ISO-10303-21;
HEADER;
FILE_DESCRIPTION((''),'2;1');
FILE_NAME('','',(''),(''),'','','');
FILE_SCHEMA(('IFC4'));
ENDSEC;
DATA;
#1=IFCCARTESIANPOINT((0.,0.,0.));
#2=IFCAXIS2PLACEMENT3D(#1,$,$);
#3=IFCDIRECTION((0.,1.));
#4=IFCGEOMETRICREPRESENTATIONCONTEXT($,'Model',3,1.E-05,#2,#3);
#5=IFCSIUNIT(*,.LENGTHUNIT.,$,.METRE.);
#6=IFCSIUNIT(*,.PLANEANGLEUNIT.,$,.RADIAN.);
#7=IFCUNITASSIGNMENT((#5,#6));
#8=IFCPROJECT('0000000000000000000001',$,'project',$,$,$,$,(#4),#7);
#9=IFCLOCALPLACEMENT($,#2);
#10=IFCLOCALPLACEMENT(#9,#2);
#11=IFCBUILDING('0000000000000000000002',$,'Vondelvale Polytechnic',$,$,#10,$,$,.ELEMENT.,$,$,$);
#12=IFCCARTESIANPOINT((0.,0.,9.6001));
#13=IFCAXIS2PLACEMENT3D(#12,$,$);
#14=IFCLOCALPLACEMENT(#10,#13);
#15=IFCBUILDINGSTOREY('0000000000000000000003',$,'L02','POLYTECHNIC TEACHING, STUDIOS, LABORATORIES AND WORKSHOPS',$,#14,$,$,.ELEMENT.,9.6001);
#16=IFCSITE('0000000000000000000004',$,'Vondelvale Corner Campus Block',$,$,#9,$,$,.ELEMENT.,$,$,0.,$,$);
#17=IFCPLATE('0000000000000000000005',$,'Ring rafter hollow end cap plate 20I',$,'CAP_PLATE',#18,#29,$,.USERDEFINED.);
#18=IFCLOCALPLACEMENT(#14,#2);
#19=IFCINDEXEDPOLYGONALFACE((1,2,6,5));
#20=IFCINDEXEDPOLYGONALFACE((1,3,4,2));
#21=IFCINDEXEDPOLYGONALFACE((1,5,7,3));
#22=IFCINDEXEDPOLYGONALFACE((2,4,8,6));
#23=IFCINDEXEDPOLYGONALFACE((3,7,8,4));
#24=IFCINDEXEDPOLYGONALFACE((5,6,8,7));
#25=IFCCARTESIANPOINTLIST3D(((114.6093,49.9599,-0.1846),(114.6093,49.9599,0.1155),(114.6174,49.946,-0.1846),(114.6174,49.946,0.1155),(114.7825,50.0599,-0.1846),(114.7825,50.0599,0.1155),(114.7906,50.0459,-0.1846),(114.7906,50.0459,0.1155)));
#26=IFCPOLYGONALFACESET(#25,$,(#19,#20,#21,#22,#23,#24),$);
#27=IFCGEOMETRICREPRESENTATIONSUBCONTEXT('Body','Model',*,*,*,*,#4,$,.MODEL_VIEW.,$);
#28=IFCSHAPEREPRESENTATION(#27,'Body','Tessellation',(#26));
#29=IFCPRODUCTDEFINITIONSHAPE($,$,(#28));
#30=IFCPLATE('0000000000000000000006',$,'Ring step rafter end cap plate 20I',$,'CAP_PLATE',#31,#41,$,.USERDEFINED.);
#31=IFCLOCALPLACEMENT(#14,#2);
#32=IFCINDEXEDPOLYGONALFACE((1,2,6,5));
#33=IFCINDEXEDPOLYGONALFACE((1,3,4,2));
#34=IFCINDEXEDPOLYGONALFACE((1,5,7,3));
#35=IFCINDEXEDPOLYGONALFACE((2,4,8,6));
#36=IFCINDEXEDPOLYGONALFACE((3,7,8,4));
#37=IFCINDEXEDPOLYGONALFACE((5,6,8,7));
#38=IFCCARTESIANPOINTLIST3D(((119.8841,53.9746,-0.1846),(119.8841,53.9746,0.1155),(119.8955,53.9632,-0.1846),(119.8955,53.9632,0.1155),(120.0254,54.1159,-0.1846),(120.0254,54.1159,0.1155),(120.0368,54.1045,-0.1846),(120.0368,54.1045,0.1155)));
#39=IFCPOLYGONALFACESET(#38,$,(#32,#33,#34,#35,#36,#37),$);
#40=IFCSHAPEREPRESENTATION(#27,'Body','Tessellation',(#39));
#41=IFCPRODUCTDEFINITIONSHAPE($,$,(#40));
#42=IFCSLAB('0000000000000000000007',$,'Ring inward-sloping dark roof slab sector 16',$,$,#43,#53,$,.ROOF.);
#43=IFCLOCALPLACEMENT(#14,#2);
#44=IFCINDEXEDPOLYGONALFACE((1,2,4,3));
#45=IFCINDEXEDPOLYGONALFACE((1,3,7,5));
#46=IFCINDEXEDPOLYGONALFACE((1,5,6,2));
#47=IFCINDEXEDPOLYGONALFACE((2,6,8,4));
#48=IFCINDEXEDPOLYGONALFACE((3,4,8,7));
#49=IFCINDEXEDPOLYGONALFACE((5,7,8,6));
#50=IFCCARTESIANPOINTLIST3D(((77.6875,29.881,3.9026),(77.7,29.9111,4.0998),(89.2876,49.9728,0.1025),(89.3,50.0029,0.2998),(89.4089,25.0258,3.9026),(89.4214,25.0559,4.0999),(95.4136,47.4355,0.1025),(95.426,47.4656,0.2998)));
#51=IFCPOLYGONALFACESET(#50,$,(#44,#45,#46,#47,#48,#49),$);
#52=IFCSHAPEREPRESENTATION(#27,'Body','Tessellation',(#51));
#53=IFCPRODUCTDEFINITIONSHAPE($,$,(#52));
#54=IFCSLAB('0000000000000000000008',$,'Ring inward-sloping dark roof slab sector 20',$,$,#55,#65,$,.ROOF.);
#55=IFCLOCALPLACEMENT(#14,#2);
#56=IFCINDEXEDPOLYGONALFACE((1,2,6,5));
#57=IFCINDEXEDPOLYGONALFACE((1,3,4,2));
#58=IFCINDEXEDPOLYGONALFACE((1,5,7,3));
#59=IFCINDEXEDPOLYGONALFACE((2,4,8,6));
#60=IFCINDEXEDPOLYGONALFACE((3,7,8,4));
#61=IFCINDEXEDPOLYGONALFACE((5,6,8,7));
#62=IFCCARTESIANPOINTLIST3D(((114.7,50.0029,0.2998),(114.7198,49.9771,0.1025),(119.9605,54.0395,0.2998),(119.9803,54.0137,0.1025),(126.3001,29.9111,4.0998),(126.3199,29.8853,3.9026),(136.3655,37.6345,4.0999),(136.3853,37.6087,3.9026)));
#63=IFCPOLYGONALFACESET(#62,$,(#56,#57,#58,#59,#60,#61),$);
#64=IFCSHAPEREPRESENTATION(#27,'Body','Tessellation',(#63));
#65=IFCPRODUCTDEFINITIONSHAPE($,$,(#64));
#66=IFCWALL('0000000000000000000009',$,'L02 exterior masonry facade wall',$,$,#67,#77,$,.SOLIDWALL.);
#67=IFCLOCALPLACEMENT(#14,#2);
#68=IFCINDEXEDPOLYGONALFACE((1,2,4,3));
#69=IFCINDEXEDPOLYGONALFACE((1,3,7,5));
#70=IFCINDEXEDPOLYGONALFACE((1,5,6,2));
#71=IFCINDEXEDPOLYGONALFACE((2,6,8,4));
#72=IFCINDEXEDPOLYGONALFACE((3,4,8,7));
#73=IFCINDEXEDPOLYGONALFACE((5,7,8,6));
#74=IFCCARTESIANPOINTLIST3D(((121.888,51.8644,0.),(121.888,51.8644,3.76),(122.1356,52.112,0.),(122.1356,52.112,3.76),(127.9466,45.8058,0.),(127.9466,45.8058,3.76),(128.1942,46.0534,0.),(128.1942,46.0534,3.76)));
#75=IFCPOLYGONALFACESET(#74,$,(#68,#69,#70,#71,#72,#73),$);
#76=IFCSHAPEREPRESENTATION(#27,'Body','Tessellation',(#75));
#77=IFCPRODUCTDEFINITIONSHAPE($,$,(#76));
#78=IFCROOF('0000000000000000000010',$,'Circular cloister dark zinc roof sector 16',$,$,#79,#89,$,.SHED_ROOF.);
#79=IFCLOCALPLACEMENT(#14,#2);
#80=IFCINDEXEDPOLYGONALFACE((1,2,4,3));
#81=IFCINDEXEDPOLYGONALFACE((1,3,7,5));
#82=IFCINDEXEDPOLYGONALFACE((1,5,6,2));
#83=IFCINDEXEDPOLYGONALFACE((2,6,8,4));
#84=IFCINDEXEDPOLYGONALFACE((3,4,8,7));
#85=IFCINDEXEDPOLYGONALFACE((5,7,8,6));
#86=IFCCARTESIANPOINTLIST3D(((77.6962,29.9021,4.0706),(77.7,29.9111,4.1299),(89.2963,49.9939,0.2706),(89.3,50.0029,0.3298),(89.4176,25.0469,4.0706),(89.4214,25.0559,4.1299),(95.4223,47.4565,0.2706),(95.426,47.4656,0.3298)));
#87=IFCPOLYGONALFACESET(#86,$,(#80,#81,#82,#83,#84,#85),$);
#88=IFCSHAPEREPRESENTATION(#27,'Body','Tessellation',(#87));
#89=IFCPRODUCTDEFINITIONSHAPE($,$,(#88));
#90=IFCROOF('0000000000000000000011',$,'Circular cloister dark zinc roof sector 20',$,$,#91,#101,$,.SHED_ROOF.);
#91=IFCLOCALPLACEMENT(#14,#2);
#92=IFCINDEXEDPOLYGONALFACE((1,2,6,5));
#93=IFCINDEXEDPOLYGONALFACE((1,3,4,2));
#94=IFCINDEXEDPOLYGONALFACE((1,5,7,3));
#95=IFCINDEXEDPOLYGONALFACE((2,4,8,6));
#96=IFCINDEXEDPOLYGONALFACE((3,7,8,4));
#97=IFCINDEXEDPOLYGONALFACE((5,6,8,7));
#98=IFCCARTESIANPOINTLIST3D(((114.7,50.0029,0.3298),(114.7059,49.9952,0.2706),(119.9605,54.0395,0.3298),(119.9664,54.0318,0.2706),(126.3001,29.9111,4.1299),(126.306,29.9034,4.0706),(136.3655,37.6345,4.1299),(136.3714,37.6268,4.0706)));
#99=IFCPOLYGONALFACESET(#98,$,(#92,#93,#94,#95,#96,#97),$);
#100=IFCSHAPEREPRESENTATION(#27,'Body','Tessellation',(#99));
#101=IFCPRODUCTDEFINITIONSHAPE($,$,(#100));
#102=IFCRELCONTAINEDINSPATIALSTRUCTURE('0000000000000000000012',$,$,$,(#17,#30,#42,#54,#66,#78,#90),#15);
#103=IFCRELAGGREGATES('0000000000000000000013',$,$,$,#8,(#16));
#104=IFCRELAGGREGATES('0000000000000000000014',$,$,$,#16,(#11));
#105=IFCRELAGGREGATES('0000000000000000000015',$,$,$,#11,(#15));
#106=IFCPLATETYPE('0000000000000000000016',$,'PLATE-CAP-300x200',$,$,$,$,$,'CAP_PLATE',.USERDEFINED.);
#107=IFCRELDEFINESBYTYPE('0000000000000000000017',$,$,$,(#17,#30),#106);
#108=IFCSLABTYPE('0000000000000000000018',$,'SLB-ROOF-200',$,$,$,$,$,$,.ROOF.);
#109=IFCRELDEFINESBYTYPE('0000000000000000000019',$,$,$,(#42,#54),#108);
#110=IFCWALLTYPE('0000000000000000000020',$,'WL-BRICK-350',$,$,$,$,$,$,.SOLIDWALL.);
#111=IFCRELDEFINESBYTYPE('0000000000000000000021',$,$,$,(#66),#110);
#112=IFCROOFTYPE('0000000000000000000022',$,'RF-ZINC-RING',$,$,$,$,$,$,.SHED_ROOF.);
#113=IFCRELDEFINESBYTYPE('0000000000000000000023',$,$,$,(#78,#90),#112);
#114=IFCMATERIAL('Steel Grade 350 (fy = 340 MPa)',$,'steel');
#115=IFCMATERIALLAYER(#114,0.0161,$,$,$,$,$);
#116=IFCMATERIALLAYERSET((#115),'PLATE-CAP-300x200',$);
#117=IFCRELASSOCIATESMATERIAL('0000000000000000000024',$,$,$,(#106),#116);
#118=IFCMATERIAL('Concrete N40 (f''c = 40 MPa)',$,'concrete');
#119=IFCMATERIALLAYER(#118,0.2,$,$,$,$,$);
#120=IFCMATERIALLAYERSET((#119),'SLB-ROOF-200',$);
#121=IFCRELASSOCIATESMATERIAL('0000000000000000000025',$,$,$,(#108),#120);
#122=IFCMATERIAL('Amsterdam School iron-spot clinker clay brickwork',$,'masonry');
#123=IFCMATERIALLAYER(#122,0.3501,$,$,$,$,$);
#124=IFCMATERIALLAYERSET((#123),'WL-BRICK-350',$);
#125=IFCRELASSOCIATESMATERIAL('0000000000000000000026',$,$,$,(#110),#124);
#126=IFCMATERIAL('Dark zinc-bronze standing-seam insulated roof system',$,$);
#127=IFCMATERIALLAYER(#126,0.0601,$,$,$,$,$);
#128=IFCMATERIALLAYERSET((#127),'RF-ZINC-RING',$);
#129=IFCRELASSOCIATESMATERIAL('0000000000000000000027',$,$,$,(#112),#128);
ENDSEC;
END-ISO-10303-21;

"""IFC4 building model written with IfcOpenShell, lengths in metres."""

from ifc_helpers import new_model, si_unit, direction, frame, frame_2d, origin, origin_2d, place, context, subcontext, project, spatial, polyline, rectangle, outline, extrude, material, layer, layer_set, type_object, element, save


model = new_model("IFC4")

# Units and contexts
model_context = context("Model", 3, precision=1e-05, world=origin(), true_north=direction((0.0, 1.0)))
body_context = subcontext(model_context, "Body", "Model", "MODEL_VIEW")
ifc_project = project(units=[si_unit("LENGTHUNIT", "METRE"), si_unit("PLANEANGLEUNIT", "RADIAN")], contexts=[model_context])

# Site, building, storey
site_placement = place(None, origin())
site = spatial("IfcSite", under=ifc_project, at=site_placement, Name="Vondelvale Corner Campus Block", CompositionType="ELEMENT", RefElevation=0.0)
building_placement = place(site_placement, origin())
building = spatial("IfcBuilding", under=site, at=building_placement, Name="Vondelvale Polytechnic", CompositionType="ELEMENT")
storey_placement = place(building_placement, frame((0.0, 0.0, 9.6001)))
storey = spatial("IfcBuildingStorey", under=building, at=storey_placement, Name="L02", Description="POLYTECHNIC TEACHING, STUDIOS, LABORATORIES AND WORKSHOPS", CompositionType="ELEMENT", Elevation=9.6001)

# Plates
ifc_material_1 = material(Name="Steel Grade 350 (fy = 340 MPa)", Category="steel")
ifc_layer_1 = layer(ifc_material_1, 0.0161)
ifc_layer_set_1 = layer_set([ifc_layer_1], Name="PLATE-CAP-300x200")
plate_type_1 = type_object("IfcPlateType", Name="PLATE-CAP-300x200", ElementType="CAP_PLATE", PredefinedType="USERDEFINED", material=ifc_layer_set_1)
for number, where, z_axis, x_axis, name in (
    (1, (114.7, 50.0029, -0.1846), (0.0, 0.0, 1.0), (-0.5, 0.866025, 0.0), "Ring rafter hollow end cap plate 20I"),
    (2, (119.9604, 54.0396, -0.1846), (0.0, 0.0, 1.0), (-0.707107, 0.707107, 0.0), "Ring step rafter end cap plate 20I"),
):
    element("IfcPlate", number, at=place(storey_placement, frame(where, z_axis=z_axis, x_axis=x_axis)), inside=storey, type_object=plate_type_1, Name=name, ObjectType="CAP_PLATE", PredefinedType="USERDEFINED", context=body_context, shape_type="SweptSolid", body=[
        extrude(rectangle(XDim=0.0161, YDim=0.2, at=origin_2d()), origin(), (0.0, 0.0, 1.0), 0.3),
    ])

# Slabs
ifc_material_2 = material(Name="Concrete N40 (f'c = 40 MPa)", Category="concrete")
ifc_layer_2 = layer(ifc_material_2, 0.2)
ifc_layer_set_2 = layer_set([ifc_layer_2], Name="SLB-ROOF-200")
slab_type = type_object("IfcSlabType", Name="SLB-ROOF-200", PredefinedType="ROOF", material=ifc_layer_set_2)
slab_1_placement = place(storey_placement, frame((89.3, 50.0029, 0.2998), z_axis=(0.062376, 0.150591, 0.986626), x_axis=(-0.493428, -0.854635, 0.16164)))
element("IfcSlab", 3, at=slab_1_placement, inside=storey, type_object=slab_type, Name="Ring inward-sloping dark roof slab sector 16", PredefinedType="ROOF", context=body_context, shape_type="SweptSolid", body=[
    extrude(outline(polyline([(0.0, 0.0), (23.5092, 0.0), (21.875, 12.5815), (-0.8542, 6.5754), (0.0, 0.0)])), origin(), (0.0, 0.0, -1.0), 0.2),
])
slab_2_placement = place(storey_placement, frame((114.7, 50.0029, 0.2998), z_axis=(-0.099227, 0.129315, 0.986626), x_axis=(0.493428, -0.854635, 0.16164)))
element("IfcSlab", 4, at=slab_2_placement, inside=storey, type_object=slab_type, Name="Ring inward-sloping dark roof slab sector 20", PredefinedType="ROOF", context=body_context, shape_type="SweptSolid", body=[
    extrude(outline(polyline([(0.0, 0.0), (23.5092, 0.0), (21.8751, 12.5815), (-0.8542, 6.5755), (0.0, 0.0)])), origin(), (0.0, 0.0, -1.0), 0.2),
])

# Wall
ifc_material_3 = material(Name="Amsterdam School iron-spot clinker clay brickwork", Category="masonry")
ifc_layer_3 = layer(ifc_material_3, 0.3501)
ifc_layer_set_3 = layer_set([ifc_layer_3], Name="WL-BRICK-350")
wall_type = type_object("IfcWallType", Name="WL-BRICK-350", PredefinedType="SOLIDWALL", material=ifc_layer_set_3)
wall_placement = place(storey_placement, frame((122.0117, 51.9883, 0.0), z_axis=(0.0, 0.0, 1.0), x_axis=(0.707107, -0.707107, 0.0)))
element("IfcWall", 5, at=wall_placement, inside=storey, type_object=wall_type, Name="L02 exterior masonry facade wall", PredefinedType="SOLIDWALL", context=body_context, shape_type="SweptSolid", body=[
    extrude(rectangle(XDim=8.5681, YDim=0.3501, at=frame_2d((4.2842, 0.0))), origin(), (0.0, 0.0, 1.0), 3.76),
])

# Roofs
ifc_material_4 = material(Name="Dark zinc-bronze standing-seam insulated roof system")
ifc_layer_4 = layer(ifc_material_4, 0.0601)
ifc_layer_set_4 = layer_set([ifc_layer_4], Name="RF-ZINC-RING")
roof_type = type_object("IfcRoofType", Name="RF-ZINC-RING", PredefinedType="SHED_ROOF", material=ifc_layer_set_4)
roof_1_placement = place(storey_placement, frame((89.3, 50.0029, 0.3298), z_axis=(0.062376, 0.150591, 0.986626), x_axis=(-0.493428, -0.854635, 0.16164)))
element("IfcRoof", 6, at=roof_1_placement, inside=storey, type_object=roof_type, Name="Circular cloister dark zinc roof sector 16", PredefinedType="SHED_ROOF", context=body_context, shape_type="SweptSolid", body=[
    extrude(outline(polyline([(0.0, 0.0), (23.5092, 0.0), (21.875, 12.5815), (-0.8542, 6.5754), (0.0, 0.0)])), origin(), (0.0, 0.0, -1.0), 0.0601),
])
roof_2_placement = place(storey_placement, frame((114.7, 50.0029, 0.3298), z_axis=(-0.099227, 0.129315, 0.986626), x_axis=(0.493428, -0.854635, 0.16164)))
element("IfcRoof", 7, at=roof_2_placement, inside=storey, type_object=roof_type, Name="Circular cloister dark zinc roof sector 20", PredefinedType="SHED_ROOF", context=body_context, shape_type="SweptSolid", body=[
    extrude(outline(polyline([(0.0, 0.0), (23.5092, 0.0), (21.8751, 12.5815), (-0.8542, 6.5755), (0.0, 0.0)])), origin(), (0.0, 0.0, -1.0), 0.0601),
])

save(model, "model.ifc")
